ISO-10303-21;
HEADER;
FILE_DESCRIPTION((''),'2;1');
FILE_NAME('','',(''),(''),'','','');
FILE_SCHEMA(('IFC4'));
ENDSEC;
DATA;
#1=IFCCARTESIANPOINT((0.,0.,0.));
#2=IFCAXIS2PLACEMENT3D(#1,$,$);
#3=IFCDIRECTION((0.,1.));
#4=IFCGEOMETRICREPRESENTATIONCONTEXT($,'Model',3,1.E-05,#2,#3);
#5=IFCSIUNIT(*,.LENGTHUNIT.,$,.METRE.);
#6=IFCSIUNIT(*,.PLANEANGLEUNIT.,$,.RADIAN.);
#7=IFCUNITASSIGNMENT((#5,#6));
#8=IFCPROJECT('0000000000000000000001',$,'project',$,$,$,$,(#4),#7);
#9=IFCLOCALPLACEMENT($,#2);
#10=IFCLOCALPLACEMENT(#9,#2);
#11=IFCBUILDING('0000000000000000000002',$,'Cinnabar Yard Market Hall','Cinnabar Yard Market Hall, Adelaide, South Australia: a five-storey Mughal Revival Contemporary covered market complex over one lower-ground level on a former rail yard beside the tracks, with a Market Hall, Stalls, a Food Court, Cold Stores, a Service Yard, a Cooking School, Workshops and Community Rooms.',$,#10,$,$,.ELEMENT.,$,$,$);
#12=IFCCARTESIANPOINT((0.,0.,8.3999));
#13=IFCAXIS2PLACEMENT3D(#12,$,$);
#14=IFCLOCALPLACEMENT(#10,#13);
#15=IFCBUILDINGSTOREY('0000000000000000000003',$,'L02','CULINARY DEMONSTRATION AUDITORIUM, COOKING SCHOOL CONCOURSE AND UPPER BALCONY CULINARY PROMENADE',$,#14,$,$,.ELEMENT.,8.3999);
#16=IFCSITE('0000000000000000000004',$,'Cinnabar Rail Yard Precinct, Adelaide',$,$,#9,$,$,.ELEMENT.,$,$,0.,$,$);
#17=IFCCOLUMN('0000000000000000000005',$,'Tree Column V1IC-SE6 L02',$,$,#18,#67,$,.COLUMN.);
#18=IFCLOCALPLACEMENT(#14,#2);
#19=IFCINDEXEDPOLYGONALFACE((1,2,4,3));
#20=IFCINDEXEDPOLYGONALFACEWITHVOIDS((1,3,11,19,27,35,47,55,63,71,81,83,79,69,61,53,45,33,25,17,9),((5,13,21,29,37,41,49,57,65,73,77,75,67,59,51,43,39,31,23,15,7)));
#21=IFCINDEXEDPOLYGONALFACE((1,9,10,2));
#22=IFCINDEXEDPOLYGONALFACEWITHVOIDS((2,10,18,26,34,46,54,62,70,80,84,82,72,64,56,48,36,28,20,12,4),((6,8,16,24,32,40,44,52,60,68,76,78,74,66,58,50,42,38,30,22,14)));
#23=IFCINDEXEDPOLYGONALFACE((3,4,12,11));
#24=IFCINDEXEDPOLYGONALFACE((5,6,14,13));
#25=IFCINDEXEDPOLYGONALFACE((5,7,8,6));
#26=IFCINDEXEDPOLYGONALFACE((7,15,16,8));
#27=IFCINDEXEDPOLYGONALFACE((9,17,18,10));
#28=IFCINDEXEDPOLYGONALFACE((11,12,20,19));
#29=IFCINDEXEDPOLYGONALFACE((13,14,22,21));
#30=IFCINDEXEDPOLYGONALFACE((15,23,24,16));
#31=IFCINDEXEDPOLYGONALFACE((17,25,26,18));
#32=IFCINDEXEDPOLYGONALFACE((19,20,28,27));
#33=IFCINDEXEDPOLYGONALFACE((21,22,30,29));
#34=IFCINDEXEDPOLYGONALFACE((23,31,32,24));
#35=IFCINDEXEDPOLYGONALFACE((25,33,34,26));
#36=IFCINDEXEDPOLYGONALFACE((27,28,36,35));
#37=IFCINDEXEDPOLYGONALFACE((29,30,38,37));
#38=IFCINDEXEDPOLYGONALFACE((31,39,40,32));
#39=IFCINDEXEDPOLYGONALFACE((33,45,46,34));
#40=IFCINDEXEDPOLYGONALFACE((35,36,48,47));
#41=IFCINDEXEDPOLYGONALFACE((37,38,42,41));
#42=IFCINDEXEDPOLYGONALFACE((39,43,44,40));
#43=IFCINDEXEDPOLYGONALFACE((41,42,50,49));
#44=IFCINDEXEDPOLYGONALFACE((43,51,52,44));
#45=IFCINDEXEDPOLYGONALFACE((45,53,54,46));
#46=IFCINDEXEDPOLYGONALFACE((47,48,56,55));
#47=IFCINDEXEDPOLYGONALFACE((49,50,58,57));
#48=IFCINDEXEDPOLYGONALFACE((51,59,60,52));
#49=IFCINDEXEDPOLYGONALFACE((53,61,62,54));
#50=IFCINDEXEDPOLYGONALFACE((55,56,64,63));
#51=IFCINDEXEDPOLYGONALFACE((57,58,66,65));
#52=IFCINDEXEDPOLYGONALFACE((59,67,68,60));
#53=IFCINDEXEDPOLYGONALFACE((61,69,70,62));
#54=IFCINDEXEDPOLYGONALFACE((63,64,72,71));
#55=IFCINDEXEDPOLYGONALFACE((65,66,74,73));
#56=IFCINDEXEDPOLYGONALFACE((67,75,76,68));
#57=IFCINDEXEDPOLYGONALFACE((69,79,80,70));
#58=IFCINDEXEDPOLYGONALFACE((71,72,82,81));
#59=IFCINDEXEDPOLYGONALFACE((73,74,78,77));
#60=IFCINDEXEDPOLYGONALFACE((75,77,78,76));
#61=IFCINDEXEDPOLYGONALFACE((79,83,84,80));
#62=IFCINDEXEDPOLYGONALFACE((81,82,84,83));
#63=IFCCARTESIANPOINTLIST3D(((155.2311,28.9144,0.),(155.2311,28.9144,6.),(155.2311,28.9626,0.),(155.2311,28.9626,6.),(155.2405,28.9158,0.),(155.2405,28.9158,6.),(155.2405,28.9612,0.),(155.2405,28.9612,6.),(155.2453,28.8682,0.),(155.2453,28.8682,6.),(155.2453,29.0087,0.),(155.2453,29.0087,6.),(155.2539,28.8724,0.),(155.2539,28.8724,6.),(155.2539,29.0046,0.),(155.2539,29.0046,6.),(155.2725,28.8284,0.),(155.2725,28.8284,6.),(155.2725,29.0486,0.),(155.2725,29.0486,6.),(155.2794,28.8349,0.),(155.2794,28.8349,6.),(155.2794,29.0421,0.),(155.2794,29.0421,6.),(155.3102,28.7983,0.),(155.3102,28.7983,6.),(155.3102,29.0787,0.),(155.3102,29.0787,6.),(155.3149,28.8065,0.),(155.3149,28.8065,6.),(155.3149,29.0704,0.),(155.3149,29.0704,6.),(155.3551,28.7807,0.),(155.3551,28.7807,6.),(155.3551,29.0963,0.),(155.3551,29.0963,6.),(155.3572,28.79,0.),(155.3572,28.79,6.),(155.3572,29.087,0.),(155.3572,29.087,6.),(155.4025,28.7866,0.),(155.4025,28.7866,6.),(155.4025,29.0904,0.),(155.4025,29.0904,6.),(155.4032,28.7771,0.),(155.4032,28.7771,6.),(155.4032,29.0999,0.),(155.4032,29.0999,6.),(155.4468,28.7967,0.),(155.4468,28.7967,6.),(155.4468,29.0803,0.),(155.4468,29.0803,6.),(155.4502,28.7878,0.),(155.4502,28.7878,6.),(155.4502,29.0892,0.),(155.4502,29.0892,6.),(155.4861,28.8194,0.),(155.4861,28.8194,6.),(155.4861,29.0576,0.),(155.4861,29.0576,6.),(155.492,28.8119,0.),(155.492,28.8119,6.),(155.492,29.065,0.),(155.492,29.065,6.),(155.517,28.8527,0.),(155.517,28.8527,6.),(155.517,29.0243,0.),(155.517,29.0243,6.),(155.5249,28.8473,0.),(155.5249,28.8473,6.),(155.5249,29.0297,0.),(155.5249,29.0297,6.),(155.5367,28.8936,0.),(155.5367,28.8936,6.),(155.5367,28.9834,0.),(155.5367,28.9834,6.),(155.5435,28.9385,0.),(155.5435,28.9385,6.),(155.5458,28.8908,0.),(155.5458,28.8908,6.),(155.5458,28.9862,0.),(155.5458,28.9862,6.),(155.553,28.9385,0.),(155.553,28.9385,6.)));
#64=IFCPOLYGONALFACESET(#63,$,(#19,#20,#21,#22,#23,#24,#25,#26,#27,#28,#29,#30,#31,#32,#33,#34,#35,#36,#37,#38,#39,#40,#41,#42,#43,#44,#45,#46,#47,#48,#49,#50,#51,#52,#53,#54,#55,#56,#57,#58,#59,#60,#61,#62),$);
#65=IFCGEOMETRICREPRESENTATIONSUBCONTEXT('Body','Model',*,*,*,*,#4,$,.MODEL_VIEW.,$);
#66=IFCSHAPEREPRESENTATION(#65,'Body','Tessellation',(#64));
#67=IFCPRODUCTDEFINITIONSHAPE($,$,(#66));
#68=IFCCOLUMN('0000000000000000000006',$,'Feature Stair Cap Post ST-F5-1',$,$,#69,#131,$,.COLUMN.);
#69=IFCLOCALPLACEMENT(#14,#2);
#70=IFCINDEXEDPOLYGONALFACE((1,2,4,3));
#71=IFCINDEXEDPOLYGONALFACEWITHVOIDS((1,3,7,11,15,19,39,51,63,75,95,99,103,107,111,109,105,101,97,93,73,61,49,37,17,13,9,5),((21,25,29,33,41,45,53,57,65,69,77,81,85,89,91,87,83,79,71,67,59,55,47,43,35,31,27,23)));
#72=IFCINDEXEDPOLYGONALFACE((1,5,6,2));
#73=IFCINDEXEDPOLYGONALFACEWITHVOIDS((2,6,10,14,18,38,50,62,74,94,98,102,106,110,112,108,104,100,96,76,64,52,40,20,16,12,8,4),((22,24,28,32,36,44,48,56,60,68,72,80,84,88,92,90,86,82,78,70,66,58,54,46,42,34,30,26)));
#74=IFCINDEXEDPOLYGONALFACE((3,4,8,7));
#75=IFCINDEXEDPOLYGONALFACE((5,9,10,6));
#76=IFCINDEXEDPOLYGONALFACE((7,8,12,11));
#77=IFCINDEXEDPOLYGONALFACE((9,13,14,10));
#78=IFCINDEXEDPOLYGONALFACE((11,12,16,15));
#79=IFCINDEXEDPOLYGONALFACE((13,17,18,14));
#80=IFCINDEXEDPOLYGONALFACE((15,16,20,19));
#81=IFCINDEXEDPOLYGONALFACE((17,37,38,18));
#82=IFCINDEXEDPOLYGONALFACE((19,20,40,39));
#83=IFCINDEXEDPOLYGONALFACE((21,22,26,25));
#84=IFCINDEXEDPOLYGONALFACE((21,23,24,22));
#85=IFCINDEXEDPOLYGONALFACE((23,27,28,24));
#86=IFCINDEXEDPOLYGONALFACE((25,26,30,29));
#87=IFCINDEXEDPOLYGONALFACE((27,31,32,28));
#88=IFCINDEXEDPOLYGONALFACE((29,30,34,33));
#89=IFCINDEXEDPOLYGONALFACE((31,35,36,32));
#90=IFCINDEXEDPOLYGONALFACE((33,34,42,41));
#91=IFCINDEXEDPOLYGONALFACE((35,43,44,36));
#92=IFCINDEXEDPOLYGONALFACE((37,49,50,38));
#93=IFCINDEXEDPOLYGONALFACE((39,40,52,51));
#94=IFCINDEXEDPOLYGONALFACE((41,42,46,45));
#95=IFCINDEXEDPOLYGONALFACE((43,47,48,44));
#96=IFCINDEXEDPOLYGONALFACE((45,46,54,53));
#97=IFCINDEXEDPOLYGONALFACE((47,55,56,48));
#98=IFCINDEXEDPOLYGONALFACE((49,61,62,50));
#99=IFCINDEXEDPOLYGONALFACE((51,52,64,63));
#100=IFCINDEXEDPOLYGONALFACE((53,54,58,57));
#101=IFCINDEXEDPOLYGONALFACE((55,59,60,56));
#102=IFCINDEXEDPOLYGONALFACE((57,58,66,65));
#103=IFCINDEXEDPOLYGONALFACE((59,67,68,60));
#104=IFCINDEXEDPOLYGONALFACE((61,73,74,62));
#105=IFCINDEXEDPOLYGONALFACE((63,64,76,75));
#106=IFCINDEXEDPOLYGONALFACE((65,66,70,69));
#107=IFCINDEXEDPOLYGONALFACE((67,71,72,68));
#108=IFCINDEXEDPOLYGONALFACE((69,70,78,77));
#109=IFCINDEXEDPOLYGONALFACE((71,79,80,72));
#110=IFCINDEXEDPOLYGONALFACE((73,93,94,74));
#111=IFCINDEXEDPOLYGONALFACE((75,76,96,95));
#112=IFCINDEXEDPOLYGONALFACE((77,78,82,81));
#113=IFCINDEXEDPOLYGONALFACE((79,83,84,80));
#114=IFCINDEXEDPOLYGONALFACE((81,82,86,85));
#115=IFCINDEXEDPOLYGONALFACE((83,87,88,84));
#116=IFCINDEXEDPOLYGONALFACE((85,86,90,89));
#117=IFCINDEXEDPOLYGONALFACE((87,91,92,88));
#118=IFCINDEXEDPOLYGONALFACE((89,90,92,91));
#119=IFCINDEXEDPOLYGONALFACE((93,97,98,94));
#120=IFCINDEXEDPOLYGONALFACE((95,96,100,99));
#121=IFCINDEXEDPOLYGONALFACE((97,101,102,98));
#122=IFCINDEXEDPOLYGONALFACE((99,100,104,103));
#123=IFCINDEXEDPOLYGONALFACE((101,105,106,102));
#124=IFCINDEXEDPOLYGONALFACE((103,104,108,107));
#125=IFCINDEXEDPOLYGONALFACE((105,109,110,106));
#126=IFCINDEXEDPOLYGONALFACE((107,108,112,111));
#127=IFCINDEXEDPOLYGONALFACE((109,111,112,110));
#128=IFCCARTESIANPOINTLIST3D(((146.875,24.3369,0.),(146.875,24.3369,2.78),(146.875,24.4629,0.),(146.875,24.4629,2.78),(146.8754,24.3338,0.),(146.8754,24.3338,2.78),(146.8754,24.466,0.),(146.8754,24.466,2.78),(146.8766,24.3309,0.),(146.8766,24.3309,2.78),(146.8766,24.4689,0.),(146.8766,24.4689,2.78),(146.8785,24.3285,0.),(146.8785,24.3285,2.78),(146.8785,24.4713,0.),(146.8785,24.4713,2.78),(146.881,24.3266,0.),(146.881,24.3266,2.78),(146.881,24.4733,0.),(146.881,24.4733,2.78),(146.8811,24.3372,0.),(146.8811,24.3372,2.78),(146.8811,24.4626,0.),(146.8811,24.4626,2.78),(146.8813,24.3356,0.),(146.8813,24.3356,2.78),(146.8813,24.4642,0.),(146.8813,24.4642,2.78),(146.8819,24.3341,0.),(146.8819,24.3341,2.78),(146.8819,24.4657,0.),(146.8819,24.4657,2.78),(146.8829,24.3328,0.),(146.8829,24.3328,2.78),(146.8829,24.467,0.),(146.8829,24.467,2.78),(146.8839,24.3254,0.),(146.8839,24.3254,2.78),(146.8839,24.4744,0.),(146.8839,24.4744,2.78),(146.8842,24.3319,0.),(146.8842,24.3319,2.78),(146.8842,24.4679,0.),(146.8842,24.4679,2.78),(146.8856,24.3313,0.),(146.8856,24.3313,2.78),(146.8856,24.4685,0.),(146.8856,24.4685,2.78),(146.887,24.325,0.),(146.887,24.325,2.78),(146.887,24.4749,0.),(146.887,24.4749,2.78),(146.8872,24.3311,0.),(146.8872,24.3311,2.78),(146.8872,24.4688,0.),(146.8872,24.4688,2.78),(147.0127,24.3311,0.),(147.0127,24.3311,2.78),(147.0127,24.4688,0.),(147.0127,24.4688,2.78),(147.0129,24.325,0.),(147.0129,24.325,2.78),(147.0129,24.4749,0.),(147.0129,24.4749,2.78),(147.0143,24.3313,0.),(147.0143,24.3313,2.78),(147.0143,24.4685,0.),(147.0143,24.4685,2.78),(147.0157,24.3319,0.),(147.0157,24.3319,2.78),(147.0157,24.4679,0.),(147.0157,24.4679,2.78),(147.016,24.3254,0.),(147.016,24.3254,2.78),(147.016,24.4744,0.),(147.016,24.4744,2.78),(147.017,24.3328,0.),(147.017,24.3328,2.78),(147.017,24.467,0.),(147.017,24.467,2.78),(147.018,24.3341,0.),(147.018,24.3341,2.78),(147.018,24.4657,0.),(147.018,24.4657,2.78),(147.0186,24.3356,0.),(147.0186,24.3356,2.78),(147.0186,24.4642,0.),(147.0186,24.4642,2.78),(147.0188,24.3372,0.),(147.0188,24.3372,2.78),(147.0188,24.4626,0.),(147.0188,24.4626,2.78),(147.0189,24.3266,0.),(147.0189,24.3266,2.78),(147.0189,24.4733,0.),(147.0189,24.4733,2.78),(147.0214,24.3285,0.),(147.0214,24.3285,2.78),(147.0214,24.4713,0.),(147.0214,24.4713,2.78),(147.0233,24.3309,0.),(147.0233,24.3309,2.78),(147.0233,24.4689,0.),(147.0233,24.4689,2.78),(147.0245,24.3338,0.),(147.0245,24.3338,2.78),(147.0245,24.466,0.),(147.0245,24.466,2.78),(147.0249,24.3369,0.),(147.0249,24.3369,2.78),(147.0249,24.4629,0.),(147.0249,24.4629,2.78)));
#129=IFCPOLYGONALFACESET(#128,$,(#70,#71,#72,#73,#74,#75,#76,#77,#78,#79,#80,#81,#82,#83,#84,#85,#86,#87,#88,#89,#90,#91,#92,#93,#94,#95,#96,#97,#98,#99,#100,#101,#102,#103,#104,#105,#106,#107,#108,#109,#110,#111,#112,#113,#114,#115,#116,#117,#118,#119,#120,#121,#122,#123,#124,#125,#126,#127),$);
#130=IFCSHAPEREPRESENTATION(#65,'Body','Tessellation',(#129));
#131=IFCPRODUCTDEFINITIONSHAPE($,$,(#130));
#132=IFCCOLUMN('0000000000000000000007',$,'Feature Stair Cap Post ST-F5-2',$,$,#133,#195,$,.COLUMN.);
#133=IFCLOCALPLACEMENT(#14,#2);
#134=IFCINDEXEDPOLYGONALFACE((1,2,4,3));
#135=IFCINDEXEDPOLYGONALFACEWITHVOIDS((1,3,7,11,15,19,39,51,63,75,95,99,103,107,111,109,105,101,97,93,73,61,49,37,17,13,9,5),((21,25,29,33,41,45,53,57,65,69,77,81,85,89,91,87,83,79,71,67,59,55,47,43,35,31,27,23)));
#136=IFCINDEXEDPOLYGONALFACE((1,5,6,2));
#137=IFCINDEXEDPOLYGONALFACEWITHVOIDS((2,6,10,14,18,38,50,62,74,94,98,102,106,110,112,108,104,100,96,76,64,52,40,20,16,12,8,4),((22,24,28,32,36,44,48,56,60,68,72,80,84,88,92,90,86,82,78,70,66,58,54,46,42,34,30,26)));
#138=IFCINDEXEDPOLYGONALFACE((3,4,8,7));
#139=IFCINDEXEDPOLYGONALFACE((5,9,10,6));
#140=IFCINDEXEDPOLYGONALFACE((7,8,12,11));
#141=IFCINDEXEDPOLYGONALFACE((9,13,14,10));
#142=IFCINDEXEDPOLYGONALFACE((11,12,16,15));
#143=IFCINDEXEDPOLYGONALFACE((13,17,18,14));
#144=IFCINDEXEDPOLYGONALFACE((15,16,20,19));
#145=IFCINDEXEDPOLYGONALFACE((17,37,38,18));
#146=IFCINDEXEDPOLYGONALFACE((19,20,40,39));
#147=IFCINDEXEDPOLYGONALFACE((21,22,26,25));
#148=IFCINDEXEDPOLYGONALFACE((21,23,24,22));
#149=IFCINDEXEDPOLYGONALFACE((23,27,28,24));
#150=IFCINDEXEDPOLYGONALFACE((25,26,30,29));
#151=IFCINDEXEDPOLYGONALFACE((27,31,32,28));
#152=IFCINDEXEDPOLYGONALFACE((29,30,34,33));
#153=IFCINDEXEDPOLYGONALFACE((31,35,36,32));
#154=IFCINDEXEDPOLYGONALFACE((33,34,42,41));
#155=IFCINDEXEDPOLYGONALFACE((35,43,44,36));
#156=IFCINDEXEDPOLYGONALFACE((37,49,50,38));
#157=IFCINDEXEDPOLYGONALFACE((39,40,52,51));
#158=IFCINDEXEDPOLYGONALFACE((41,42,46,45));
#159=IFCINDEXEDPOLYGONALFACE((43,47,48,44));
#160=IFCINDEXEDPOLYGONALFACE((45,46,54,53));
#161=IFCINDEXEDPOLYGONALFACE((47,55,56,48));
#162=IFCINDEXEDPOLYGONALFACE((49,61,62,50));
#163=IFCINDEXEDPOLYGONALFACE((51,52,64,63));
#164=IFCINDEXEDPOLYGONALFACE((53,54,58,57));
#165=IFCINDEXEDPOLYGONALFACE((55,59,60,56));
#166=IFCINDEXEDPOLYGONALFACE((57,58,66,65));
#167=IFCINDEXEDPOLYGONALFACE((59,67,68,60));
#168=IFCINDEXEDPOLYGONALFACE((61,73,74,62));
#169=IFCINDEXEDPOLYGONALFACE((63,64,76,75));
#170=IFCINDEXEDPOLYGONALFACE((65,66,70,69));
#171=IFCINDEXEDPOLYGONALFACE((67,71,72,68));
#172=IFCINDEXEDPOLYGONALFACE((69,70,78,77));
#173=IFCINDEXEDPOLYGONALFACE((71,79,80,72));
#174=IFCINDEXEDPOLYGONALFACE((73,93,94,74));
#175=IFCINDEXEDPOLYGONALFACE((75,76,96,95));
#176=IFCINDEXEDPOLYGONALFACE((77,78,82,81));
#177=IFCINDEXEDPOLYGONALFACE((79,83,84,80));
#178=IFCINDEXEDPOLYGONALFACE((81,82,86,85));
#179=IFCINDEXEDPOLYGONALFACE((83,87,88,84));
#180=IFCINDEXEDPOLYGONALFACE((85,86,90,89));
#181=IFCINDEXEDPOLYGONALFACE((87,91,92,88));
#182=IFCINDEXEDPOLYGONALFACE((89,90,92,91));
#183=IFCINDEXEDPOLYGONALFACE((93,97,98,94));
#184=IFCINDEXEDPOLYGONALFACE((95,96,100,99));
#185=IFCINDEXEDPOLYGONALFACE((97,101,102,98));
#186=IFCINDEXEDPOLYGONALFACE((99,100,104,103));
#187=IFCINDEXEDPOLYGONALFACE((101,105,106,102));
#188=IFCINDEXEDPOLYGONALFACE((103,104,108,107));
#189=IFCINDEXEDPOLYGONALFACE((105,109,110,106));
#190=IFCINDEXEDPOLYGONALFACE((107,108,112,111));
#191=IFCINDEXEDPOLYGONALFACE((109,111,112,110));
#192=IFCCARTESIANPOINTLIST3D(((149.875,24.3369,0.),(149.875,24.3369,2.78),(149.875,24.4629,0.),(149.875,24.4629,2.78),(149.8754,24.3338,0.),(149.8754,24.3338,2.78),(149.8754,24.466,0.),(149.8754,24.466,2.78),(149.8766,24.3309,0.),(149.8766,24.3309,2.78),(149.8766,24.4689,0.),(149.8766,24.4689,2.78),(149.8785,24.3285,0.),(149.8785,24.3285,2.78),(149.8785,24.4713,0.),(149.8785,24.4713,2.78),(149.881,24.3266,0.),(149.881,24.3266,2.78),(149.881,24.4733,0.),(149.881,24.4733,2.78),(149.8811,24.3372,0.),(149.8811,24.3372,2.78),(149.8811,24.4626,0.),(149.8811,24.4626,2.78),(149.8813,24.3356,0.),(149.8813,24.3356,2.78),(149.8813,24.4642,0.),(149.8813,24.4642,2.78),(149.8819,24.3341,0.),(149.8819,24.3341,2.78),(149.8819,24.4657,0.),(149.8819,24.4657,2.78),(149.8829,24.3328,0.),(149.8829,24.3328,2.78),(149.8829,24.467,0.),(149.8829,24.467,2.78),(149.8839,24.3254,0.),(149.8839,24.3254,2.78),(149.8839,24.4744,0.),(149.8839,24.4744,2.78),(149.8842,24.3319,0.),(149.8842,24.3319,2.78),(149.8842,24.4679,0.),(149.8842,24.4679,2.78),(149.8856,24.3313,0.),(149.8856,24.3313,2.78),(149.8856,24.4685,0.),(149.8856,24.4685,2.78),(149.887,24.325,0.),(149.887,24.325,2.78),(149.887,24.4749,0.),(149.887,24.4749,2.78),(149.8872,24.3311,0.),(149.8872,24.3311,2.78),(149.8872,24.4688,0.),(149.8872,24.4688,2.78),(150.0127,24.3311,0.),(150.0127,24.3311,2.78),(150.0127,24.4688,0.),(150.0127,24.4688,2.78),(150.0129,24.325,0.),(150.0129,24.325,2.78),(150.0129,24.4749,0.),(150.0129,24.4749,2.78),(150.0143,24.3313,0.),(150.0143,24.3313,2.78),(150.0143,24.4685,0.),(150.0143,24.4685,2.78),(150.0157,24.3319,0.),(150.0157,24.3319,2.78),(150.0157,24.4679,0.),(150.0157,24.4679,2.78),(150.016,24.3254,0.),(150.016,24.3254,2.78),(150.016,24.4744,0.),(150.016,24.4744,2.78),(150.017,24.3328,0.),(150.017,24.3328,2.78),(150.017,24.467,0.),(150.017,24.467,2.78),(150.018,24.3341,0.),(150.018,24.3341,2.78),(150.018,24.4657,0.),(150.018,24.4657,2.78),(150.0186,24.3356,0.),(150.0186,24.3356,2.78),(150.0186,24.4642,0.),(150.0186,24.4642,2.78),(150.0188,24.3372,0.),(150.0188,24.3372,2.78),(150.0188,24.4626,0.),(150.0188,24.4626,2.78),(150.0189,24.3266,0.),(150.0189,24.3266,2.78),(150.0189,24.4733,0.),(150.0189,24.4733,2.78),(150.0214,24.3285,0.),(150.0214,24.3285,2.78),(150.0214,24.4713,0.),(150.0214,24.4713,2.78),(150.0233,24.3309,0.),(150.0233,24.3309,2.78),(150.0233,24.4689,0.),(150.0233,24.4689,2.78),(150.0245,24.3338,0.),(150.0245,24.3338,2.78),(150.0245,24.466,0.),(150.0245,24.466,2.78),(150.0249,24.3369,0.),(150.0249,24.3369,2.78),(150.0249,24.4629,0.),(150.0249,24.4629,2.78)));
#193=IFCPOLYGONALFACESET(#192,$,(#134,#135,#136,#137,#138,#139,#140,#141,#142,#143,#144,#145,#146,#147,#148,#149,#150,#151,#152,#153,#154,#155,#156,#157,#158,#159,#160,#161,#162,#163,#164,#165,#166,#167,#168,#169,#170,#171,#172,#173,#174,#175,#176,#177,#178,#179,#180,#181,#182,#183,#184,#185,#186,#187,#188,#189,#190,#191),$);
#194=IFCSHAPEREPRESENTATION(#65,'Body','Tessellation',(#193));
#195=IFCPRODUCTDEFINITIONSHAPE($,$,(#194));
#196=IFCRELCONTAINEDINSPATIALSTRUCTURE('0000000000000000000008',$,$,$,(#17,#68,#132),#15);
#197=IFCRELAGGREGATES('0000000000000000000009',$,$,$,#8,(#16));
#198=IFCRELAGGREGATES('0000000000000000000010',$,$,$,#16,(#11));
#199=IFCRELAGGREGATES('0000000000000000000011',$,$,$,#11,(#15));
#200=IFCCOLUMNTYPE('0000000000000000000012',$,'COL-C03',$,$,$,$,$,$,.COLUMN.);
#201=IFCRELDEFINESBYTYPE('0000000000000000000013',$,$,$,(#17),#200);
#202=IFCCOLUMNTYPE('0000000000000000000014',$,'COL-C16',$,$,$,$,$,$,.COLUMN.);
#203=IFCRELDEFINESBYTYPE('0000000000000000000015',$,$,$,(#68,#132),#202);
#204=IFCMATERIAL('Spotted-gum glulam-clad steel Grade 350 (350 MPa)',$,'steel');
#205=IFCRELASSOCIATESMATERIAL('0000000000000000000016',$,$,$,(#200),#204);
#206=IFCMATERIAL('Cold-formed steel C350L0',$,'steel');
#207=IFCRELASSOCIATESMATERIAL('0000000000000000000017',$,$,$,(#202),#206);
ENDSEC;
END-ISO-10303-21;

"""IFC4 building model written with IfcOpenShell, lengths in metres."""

from ifc_helpers import new_model, si_unit, direction, frame, origin, origin_2d_with_axis, place, context, subcontext, project, spatial, hollow_rectangle, hollow_circle, extrude, material, material_profile, profile_set, type_object, element, save


model = new_model("IFC4")

# Units and contexts
model_context = context("Model", 3, precision=1e-05, world=origin(), true_north=direction((0.0, 1.0)))
body_context = subcontext(model_context, "Body", "Model", "MODEL_VIEW")
ifc_project = project(units=[si_unit("LENGTHUNIT", "METRE"), si_unit("PLANEANGLEUNIT", "RADIAN")], contexts=[model_context])

# Site, building, storey
site_placement = place(None, origin())
site = spatial("IfcSite", under=ifc_project, at=site_placement, Name="Cinnabar Rail Yard Precinct, Adelaide", CompositionType="ELEMENT", RefElevation=0.0)
building_placement = place(site_placement, origin())
building = spatial("IfcBuilding", under=site, at=building_placement, Name="Cinnabar Yard Market Hall", Description="Cinnabar Yard Market Hall, Adelaide, South Australia: a five-storey Mughal Revival Contemporary covered market complex over one lower-ground level on a former rail yard beside the tracks, with a Market Hall, Stalls, a Food Court, Cold Stores, a Service Yard, a Cooking School, Workshops and Community Rooms.", CompositionType="ELEMENT")
storey_placement = place(building_placement, frame((0.0, 0.0, 8.3999)))
storey = spatial("IfcBuildingStorey", under=building, at=storey_placement, Name="L02", Description="CULINARY DEMONSTRATION AUDITORIUM, COOKING SCHOOL CONCOURSE AND UPPER BALCONY CULINARY PROMENADE", CompositionType="ELEMENT", Elevation=8.3999)

# Columns
ifc_material_1 = material(Name="Spotted-gum glulam-clad steel Grade 350 (350 MPa)", Category="steel")
ifc_material_profile_1 = material_profile(ifc_material_1, hollow_circle(Radius=0.1619, WallThickness=0.0095, at=origin_2d_with_axis()), Name="323.9x9.5CHS")
ifc_profile_set_1 = profile_set([ifc_material_profile_1], Name="Spotted-gum glulam-clad steel Grade 350 (350 MPa)")
column_type_1 = type_object("IfcColumnType", Name="COL-C03", PredefinedType="COLUMN", material=ifc_profile_set_1)
for number, where, z_axis, x_axis, name in (
    (1, (155.3911, 28.9385, 0.0), (0.0, 0.0, 1.0), (1.0, 0.0, 0.0), "Tree Column V1IC-SE6 L02"),
):
    element("IfcColumn", number, at=place(storey_placement, frame(where, z_axis=z_axis, x_axis=x_axis)), inside=storey, type_object=column_type_1, Name=name, PredefinedType="COLUMN", context=body_context, shape_type="SweptSolid", body=[
        extrude(hollow_circle(Radius=0.1619, WallThickness=0.0095, at=origin_2d_with_axis()), origin(), (0.0, 0.0, 1.0), 6.0),
    ])
ifc_material_2 = material(Name="Cold-formed steel C350L0", Category="steel")
ifc_material_profile_2 = material_profile(ifc_material_2, hollow_rectangle(XDim=0.1499, YDim=0.1499, WallThickness=0.0061, InnerFilletRadius=0.0061, OuterFilletRadius=0.012, at=origin_2d_with_axis()), Name="150x150x6.0SHS")
ifc_profile_set_2 = profile_set([ifc_material_profile_2], Name="Cold-formed steel C350L0")
column_type_2 = type_object("IfcColumnType", Name="COL-C16", PredefinedType="COLUMN", material=ifc_profile_set_2)
for number, where, z_axis, x_axis, name in (
    (2, (146.95, 24.3999, 0.0), (0.0, 0.0, 1.0), (1.0, 0.0, 0.0), "Feature Stair Cap Post ST-F5-1"),
    (3, (149.95, 24.3999, 0.0), (0.0, 0.0, 1.0), (1.0, 0.0, 0.0), "Feature Stair Cap Post ST-F5-2"),
):
    element("IfcColumn", number, at=place(storey_placement, frame(where, z_axis=z_axis, x_axis=x_axis)), inside=storey, type_object=column_type_2, Name=name, PredefinedType="COLUMN", context=body_context, shape_type="SweptSolid", body=[
        extrude(hollow_rectangle(XDim=0.1499, YDim=0.1499, WallThickness=0.0061, InnerFilletRadius=0.0061, OuterFilletRadius=0.012, at=origin_2d_with_axis()), origin(), (0.0, 0.0, 1.0), 2.78),
    ])

save(model, "model.ifc")
